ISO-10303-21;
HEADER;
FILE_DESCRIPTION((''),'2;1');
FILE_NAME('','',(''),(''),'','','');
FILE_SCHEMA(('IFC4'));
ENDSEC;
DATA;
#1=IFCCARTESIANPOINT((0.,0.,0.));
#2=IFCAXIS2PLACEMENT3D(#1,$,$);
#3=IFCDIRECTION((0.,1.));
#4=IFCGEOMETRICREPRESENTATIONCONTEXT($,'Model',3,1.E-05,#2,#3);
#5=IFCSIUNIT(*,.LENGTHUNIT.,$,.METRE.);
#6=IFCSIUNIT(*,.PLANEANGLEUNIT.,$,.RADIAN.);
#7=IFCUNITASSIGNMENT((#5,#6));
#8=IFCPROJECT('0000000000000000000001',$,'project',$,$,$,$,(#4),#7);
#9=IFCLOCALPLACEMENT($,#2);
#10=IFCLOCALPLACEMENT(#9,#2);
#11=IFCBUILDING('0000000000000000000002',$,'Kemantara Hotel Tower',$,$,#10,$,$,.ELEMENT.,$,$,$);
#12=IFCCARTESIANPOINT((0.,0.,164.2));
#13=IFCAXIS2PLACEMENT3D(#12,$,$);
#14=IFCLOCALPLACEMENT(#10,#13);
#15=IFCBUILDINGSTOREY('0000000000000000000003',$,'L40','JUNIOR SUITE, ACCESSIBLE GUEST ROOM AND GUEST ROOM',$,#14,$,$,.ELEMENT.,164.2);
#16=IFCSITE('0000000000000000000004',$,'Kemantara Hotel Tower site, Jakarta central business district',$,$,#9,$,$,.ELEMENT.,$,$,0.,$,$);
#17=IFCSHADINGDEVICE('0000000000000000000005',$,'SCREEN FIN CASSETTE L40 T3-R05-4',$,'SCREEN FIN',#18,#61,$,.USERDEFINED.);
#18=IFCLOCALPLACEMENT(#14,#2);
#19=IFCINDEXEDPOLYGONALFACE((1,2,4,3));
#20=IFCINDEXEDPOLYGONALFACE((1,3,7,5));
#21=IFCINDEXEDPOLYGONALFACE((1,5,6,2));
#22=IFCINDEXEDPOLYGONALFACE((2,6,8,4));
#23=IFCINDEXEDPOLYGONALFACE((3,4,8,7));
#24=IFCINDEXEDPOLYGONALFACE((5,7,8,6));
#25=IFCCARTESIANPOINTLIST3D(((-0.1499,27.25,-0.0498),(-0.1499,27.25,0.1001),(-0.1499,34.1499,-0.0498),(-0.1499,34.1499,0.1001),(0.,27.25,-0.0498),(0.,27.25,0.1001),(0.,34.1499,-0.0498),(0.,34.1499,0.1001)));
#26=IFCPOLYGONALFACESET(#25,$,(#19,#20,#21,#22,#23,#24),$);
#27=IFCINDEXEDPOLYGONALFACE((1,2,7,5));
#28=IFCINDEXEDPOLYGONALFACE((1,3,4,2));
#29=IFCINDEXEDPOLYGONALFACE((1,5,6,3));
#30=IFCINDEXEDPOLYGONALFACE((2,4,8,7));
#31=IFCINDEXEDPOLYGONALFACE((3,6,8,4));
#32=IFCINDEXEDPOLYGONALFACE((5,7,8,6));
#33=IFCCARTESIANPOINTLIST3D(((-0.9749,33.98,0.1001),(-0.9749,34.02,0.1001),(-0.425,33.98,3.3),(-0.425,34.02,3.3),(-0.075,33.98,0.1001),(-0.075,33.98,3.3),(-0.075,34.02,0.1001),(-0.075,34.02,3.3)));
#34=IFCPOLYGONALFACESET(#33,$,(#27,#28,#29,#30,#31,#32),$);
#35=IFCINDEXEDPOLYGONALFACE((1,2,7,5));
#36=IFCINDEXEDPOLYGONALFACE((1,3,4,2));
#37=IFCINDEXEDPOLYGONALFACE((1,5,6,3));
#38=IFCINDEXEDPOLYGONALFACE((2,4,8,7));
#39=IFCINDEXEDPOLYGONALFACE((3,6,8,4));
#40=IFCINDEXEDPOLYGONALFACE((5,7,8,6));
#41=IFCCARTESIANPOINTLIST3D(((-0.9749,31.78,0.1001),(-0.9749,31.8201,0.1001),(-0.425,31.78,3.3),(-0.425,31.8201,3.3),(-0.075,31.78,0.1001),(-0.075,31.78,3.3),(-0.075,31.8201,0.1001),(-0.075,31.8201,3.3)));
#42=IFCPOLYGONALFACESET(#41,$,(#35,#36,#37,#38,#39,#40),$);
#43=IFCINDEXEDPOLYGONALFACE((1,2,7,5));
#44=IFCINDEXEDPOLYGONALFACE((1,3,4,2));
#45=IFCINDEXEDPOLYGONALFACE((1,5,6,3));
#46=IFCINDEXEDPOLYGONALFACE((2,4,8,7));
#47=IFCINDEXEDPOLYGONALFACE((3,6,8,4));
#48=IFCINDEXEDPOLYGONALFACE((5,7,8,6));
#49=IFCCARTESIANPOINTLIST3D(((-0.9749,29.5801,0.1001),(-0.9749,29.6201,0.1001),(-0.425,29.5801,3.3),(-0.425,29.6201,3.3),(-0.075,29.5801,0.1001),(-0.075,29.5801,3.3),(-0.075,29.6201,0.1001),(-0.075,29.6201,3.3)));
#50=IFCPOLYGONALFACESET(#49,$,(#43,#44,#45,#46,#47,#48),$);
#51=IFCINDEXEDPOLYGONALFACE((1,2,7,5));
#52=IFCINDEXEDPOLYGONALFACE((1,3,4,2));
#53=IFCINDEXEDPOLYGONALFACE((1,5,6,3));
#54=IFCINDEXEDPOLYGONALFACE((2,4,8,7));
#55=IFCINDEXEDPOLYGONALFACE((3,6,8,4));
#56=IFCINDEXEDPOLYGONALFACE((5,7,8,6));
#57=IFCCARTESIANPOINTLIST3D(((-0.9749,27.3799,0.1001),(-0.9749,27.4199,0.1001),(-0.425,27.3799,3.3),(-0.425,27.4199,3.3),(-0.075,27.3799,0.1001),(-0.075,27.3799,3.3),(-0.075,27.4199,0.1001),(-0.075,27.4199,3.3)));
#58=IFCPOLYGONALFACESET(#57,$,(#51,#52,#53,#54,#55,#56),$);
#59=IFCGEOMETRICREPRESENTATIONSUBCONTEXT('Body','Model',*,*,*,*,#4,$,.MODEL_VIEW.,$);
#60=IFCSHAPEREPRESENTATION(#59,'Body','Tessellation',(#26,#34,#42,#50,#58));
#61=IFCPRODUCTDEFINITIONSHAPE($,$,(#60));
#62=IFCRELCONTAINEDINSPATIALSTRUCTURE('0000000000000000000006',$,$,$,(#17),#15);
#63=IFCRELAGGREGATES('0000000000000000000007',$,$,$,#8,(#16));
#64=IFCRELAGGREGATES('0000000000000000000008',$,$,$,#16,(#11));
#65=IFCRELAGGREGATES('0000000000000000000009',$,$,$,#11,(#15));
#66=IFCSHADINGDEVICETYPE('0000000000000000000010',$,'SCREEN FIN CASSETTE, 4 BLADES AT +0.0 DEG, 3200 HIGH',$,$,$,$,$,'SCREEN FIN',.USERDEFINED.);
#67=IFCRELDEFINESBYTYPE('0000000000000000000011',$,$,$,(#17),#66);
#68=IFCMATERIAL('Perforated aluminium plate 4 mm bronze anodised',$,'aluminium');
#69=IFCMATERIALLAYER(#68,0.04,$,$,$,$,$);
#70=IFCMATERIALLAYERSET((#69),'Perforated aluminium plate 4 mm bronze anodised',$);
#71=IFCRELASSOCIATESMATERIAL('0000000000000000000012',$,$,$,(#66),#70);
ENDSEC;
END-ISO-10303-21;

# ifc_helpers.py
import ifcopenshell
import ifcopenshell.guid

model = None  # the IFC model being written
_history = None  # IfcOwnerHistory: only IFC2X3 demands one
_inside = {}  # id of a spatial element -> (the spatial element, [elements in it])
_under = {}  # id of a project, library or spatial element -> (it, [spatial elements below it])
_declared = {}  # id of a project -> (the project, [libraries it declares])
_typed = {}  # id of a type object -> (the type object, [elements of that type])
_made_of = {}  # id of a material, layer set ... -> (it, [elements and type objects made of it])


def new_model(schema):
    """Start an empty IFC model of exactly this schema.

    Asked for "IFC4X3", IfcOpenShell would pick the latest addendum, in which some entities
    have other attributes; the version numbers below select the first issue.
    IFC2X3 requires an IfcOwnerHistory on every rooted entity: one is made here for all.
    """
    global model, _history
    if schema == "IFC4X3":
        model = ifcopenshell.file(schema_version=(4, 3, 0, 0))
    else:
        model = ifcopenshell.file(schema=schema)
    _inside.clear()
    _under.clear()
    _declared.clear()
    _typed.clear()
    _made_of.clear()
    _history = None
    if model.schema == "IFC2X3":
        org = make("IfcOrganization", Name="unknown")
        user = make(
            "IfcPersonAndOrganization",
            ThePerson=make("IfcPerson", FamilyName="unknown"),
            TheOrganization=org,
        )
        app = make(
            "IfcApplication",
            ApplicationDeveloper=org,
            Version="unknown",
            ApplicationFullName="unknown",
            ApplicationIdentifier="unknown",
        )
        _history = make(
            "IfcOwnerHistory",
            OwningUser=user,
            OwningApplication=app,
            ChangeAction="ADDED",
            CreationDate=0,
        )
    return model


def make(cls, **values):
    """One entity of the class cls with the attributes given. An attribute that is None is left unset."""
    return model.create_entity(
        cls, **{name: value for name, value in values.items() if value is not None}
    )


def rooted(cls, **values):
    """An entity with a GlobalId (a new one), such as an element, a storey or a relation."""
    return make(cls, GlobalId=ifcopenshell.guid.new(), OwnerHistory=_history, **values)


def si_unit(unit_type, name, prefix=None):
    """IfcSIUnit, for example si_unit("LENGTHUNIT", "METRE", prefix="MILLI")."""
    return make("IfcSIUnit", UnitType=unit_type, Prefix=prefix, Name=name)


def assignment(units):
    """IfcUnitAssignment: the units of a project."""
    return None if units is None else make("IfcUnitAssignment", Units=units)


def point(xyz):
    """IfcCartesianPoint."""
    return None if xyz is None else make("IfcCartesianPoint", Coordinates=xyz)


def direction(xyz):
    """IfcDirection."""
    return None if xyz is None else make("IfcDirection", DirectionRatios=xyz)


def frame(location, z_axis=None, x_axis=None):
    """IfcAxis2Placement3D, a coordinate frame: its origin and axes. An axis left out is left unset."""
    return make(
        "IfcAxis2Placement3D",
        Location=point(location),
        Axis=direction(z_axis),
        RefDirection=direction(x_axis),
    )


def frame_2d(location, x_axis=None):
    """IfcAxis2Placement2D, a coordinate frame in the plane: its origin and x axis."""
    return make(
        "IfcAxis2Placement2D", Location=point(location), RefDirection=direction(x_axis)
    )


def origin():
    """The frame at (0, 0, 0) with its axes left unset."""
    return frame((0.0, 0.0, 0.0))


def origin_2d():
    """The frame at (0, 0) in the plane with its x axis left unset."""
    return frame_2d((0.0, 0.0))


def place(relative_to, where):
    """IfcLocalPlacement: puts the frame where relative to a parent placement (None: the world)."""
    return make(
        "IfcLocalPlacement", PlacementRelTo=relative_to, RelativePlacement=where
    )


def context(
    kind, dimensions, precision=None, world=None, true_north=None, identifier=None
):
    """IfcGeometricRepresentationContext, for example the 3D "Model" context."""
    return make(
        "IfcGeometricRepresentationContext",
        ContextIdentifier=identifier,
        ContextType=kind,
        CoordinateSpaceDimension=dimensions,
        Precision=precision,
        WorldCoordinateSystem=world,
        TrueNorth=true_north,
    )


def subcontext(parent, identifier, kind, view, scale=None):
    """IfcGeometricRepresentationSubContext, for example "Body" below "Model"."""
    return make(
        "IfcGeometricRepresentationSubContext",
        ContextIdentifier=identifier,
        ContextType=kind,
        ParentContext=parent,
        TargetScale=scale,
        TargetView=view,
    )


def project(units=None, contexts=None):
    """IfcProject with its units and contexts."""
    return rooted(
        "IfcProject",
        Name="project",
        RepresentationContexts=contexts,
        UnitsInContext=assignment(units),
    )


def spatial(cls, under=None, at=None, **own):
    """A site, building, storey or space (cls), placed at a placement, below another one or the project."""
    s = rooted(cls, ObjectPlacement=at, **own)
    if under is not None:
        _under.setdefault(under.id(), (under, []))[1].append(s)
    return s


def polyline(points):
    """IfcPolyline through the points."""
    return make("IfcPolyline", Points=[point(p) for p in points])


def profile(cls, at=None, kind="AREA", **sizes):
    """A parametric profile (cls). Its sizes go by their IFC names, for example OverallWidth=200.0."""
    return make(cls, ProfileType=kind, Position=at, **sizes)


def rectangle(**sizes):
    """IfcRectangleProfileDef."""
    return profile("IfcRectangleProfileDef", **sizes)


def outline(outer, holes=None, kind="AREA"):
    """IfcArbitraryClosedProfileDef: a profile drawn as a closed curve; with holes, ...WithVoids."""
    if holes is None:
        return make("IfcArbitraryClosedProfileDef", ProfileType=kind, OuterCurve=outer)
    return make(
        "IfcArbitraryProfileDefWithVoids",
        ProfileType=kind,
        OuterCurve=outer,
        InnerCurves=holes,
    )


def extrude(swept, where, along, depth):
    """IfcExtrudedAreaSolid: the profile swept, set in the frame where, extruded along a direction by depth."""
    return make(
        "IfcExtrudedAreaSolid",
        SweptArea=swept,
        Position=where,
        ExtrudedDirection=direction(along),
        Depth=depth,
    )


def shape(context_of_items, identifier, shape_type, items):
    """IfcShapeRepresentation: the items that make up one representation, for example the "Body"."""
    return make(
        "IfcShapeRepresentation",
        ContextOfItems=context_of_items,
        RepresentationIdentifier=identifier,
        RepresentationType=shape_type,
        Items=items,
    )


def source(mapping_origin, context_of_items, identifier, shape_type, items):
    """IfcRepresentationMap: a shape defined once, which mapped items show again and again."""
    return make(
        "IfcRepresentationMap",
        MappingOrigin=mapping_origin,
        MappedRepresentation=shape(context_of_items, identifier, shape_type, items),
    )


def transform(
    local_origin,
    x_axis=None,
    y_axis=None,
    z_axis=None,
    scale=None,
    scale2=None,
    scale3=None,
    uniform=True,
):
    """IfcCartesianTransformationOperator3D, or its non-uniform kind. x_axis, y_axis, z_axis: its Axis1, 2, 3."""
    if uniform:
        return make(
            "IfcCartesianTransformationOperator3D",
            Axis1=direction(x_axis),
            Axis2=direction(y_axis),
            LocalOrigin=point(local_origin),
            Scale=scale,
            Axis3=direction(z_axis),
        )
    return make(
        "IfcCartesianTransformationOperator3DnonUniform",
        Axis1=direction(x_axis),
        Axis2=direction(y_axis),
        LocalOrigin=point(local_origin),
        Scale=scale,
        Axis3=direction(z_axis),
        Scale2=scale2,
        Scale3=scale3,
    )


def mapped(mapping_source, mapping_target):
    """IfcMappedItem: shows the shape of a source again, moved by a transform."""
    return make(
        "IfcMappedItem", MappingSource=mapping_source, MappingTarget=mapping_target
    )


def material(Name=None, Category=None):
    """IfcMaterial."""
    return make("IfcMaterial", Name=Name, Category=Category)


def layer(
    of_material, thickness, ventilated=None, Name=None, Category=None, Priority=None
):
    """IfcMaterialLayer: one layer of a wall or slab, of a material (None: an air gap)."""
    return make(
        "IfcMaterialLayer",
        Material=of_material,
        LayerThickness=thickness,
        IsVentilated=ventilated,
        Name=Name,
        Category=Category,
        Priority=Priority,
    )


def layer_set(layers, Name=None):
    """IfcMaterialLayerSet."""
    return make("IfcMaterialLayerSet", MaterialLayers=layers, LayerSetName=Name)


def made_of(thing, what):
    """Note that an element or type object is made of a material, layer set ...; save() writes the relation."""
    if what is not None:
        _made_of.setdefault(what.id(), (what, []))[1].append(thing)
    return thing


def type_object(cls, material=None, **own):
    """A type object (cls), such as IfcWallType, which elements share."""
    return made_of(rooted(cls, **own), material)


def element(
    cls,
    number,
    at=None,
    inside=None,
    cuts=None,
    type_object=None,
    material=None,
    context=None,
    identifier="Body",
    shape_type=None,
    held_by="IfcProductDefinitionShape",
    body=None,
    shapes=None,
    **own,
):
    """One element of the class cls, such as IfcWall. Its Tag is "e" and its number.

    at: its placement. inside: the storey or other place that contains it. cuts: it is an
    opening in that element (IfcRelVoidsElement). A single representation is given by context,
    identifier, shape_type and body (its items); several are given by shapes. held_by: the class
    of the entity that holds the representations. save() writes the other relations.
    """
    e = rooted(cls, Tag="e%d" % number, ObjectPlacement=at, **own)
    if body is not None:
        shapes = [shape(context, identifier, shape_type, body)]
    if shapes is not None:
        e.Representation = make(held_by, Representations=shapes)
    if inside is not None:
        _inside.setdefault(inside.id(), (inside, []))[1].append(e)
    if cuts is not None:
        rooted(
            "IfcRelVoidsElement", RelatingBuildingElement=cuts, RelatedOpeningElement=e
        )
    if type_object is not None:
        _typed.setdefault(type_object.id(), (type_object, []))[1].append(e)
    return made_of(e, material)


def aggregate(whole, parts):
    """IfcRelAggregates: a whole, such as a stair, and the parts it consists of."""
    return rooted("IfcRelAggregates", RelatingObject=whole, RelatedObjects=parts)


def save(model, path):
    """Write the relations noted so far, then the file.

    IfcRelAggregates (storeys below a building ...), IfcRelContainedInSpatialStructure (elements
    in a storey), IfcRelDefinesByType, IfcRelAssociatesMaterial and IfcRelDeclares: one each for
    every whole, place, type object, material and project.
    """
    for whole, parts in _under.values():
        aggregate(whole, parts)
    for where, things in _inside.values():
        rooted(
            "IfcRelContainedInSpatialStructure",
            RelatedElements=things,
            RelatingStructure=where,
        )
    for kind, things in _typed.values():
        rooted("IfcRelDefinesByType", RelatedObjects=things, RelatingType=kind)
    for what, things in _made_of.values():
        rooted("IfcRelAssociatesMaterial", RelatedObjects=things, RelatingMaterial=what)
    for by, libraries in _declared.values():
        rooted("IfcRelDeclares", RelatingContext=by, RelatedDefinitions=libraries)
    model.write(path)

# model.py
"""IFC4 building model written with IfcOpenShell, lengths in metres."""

from ifc_helpers import new_model, si_unit, direction, frame, origin, origin_2d, place, context, subcontext, project, spatial, polyline, rectangle, outline, extrude, source, transform, mapped, material, layer, layer_set, type_object, element, save


model = new_model("IFC4")

# Units and contexts
model_context = context("Model", 3, precision=1e-05, world=origin(), true_north=direction((0.0, 1.0)))
body_context = subcontext(model_context, "Body", "Model", "MODEL_VIEW")
ifc_project = project(units=[si_unit("LENGTHUNIT", "METRE"), si_unit("PLANEANGLEUNIT", "RADIAN")], contexts=[model_context])

# Site, building, storey
site_placement = place(None, origin())
site = spatial("IfcSite", under=ifc_project, at=site_placement, Name="Kemantara Hotel Tower site, Jakarta central business district", CompositionType="ELEMENT", RefElevation=0.0)
building_placement = place(site_placement, origin())
building = spatial("IfcBuilding", under=site, at=building_placement, Name="Kemantara Hotel Tower", CompositionType="ELEMENT")
storey_placement = place(building_placement, frame((0.0, 0.0, 164.2)))
storey = spatial("IfcBuildingStorey", under=building, at=storey_placement, Name="L40", Description="JUNIOR SUITE, ACCESSIBLE GUEST ROOM AND GUEST ROOM", CompositionType="ELEMENT", Elevation=164.2)

# Shading device
ifc_material_1 = material(Name="Perforated aluminium plate 4 mm bronze anodised", Category="aluminium")
ifc_layer_1 = layer(ifc_material_1, 0.04)
ifc_layer_set_1 = layer_set([ifc_layer_1], Name="Perforated aluminium plate 4 mm bronze anodised")
shading_device_type = type_object("IfcShadingDeviceType", Name="SCREEN FIN CASSETTE, 4 BLADES AT +0.0 DEG, 3200 HIGH", ElementType="SCREEN FIN", PredefinedType="USERDEFINED", material=ifc_layer_set_1)
shared_shape_1 = source(origin(), body_context, "Body", "SweptSolid", [
    extrude(rectangle(XDim=6.8999, YDim=0.1499, at=origin_2d()), frame((3.3, -0.075, -0.1499), z_axis=(0.0, 0.0, 1.0), x_axis=(1.0, 0.0, 0.0)), (0.0, 0.0, 1.0), 0.1499),
    extrude(outline(polyline([(0.0, 0.0), (0.8999, 0.0), (0.3501, 3.2), (0.0, 3.2), (0.0, 0.0)])), frame((0.02, -0.075, 0.0), z_axis=(-1.0, 0.0, 0.0), x_axis=(0.0, -1.0, 0.0)), (0.0, 0.0, 1.0), 0.04),
    extrude(outline(polyline([(0.0, 0.0), (0.8999, 0.0), (0.3501, 3.2), (0.0, 3.2), (0.0, 0.0)])), frame((2.22, -0.075, 0.0), z_axis=(-1.0, 0.0, 0.0), x_axis=(0.0, -1.0, 0.0)), (0.0, 0.0, 1.0), 0.04),
    extrude(outline(polyline([(0.0, 0.0), (0.8999, 0.0), (0.3501, 3.2), (0.0, 3.2), (0.0, 0.0)])), frame((4.4199, -0.075, 0.0), z_axis=(-1.0, 0.0, 0.0), x_axis=(0.0, -1.0, 0.0)), (0.0, 0.0, 1.0), 0.04),
    extrude(outline(polyline([(0.0, 0.0), (0.8999, 0.0), (0.3501, 3.2), (0.0, 3.2), (0.0, 0.0)])), frame((6.6201, -0.075, 0.0), z_axis=(-1.0, 0.0, 0.0), x_axis=(0.0, -1.0, 0.0)), (0.0, 0.0, 1.0), 0.04),
])
shading_device_placement = place(storey_placement, frame((0.0, 34.0, 0.1001), z_axis=(0.0, 0.0, 1.0), x_axis=(0.0, -1.0, 0.0)))
element("IfcShadingDevice", 1, at=shading_device_placement, inside=storey, type_object=shading_device_type, Name="SCREEN FIN CASSETTE L40 T3-R05-4", ObjectType="SCREEN FIN", PredefinedType="USERDEFINED", context=body_context, shape_type="MappedRepresentation", body=[
    mapped(shared_shape_1, transform((0.0, 0.0, 0.0))),
])

save(model, "model.ifc")
